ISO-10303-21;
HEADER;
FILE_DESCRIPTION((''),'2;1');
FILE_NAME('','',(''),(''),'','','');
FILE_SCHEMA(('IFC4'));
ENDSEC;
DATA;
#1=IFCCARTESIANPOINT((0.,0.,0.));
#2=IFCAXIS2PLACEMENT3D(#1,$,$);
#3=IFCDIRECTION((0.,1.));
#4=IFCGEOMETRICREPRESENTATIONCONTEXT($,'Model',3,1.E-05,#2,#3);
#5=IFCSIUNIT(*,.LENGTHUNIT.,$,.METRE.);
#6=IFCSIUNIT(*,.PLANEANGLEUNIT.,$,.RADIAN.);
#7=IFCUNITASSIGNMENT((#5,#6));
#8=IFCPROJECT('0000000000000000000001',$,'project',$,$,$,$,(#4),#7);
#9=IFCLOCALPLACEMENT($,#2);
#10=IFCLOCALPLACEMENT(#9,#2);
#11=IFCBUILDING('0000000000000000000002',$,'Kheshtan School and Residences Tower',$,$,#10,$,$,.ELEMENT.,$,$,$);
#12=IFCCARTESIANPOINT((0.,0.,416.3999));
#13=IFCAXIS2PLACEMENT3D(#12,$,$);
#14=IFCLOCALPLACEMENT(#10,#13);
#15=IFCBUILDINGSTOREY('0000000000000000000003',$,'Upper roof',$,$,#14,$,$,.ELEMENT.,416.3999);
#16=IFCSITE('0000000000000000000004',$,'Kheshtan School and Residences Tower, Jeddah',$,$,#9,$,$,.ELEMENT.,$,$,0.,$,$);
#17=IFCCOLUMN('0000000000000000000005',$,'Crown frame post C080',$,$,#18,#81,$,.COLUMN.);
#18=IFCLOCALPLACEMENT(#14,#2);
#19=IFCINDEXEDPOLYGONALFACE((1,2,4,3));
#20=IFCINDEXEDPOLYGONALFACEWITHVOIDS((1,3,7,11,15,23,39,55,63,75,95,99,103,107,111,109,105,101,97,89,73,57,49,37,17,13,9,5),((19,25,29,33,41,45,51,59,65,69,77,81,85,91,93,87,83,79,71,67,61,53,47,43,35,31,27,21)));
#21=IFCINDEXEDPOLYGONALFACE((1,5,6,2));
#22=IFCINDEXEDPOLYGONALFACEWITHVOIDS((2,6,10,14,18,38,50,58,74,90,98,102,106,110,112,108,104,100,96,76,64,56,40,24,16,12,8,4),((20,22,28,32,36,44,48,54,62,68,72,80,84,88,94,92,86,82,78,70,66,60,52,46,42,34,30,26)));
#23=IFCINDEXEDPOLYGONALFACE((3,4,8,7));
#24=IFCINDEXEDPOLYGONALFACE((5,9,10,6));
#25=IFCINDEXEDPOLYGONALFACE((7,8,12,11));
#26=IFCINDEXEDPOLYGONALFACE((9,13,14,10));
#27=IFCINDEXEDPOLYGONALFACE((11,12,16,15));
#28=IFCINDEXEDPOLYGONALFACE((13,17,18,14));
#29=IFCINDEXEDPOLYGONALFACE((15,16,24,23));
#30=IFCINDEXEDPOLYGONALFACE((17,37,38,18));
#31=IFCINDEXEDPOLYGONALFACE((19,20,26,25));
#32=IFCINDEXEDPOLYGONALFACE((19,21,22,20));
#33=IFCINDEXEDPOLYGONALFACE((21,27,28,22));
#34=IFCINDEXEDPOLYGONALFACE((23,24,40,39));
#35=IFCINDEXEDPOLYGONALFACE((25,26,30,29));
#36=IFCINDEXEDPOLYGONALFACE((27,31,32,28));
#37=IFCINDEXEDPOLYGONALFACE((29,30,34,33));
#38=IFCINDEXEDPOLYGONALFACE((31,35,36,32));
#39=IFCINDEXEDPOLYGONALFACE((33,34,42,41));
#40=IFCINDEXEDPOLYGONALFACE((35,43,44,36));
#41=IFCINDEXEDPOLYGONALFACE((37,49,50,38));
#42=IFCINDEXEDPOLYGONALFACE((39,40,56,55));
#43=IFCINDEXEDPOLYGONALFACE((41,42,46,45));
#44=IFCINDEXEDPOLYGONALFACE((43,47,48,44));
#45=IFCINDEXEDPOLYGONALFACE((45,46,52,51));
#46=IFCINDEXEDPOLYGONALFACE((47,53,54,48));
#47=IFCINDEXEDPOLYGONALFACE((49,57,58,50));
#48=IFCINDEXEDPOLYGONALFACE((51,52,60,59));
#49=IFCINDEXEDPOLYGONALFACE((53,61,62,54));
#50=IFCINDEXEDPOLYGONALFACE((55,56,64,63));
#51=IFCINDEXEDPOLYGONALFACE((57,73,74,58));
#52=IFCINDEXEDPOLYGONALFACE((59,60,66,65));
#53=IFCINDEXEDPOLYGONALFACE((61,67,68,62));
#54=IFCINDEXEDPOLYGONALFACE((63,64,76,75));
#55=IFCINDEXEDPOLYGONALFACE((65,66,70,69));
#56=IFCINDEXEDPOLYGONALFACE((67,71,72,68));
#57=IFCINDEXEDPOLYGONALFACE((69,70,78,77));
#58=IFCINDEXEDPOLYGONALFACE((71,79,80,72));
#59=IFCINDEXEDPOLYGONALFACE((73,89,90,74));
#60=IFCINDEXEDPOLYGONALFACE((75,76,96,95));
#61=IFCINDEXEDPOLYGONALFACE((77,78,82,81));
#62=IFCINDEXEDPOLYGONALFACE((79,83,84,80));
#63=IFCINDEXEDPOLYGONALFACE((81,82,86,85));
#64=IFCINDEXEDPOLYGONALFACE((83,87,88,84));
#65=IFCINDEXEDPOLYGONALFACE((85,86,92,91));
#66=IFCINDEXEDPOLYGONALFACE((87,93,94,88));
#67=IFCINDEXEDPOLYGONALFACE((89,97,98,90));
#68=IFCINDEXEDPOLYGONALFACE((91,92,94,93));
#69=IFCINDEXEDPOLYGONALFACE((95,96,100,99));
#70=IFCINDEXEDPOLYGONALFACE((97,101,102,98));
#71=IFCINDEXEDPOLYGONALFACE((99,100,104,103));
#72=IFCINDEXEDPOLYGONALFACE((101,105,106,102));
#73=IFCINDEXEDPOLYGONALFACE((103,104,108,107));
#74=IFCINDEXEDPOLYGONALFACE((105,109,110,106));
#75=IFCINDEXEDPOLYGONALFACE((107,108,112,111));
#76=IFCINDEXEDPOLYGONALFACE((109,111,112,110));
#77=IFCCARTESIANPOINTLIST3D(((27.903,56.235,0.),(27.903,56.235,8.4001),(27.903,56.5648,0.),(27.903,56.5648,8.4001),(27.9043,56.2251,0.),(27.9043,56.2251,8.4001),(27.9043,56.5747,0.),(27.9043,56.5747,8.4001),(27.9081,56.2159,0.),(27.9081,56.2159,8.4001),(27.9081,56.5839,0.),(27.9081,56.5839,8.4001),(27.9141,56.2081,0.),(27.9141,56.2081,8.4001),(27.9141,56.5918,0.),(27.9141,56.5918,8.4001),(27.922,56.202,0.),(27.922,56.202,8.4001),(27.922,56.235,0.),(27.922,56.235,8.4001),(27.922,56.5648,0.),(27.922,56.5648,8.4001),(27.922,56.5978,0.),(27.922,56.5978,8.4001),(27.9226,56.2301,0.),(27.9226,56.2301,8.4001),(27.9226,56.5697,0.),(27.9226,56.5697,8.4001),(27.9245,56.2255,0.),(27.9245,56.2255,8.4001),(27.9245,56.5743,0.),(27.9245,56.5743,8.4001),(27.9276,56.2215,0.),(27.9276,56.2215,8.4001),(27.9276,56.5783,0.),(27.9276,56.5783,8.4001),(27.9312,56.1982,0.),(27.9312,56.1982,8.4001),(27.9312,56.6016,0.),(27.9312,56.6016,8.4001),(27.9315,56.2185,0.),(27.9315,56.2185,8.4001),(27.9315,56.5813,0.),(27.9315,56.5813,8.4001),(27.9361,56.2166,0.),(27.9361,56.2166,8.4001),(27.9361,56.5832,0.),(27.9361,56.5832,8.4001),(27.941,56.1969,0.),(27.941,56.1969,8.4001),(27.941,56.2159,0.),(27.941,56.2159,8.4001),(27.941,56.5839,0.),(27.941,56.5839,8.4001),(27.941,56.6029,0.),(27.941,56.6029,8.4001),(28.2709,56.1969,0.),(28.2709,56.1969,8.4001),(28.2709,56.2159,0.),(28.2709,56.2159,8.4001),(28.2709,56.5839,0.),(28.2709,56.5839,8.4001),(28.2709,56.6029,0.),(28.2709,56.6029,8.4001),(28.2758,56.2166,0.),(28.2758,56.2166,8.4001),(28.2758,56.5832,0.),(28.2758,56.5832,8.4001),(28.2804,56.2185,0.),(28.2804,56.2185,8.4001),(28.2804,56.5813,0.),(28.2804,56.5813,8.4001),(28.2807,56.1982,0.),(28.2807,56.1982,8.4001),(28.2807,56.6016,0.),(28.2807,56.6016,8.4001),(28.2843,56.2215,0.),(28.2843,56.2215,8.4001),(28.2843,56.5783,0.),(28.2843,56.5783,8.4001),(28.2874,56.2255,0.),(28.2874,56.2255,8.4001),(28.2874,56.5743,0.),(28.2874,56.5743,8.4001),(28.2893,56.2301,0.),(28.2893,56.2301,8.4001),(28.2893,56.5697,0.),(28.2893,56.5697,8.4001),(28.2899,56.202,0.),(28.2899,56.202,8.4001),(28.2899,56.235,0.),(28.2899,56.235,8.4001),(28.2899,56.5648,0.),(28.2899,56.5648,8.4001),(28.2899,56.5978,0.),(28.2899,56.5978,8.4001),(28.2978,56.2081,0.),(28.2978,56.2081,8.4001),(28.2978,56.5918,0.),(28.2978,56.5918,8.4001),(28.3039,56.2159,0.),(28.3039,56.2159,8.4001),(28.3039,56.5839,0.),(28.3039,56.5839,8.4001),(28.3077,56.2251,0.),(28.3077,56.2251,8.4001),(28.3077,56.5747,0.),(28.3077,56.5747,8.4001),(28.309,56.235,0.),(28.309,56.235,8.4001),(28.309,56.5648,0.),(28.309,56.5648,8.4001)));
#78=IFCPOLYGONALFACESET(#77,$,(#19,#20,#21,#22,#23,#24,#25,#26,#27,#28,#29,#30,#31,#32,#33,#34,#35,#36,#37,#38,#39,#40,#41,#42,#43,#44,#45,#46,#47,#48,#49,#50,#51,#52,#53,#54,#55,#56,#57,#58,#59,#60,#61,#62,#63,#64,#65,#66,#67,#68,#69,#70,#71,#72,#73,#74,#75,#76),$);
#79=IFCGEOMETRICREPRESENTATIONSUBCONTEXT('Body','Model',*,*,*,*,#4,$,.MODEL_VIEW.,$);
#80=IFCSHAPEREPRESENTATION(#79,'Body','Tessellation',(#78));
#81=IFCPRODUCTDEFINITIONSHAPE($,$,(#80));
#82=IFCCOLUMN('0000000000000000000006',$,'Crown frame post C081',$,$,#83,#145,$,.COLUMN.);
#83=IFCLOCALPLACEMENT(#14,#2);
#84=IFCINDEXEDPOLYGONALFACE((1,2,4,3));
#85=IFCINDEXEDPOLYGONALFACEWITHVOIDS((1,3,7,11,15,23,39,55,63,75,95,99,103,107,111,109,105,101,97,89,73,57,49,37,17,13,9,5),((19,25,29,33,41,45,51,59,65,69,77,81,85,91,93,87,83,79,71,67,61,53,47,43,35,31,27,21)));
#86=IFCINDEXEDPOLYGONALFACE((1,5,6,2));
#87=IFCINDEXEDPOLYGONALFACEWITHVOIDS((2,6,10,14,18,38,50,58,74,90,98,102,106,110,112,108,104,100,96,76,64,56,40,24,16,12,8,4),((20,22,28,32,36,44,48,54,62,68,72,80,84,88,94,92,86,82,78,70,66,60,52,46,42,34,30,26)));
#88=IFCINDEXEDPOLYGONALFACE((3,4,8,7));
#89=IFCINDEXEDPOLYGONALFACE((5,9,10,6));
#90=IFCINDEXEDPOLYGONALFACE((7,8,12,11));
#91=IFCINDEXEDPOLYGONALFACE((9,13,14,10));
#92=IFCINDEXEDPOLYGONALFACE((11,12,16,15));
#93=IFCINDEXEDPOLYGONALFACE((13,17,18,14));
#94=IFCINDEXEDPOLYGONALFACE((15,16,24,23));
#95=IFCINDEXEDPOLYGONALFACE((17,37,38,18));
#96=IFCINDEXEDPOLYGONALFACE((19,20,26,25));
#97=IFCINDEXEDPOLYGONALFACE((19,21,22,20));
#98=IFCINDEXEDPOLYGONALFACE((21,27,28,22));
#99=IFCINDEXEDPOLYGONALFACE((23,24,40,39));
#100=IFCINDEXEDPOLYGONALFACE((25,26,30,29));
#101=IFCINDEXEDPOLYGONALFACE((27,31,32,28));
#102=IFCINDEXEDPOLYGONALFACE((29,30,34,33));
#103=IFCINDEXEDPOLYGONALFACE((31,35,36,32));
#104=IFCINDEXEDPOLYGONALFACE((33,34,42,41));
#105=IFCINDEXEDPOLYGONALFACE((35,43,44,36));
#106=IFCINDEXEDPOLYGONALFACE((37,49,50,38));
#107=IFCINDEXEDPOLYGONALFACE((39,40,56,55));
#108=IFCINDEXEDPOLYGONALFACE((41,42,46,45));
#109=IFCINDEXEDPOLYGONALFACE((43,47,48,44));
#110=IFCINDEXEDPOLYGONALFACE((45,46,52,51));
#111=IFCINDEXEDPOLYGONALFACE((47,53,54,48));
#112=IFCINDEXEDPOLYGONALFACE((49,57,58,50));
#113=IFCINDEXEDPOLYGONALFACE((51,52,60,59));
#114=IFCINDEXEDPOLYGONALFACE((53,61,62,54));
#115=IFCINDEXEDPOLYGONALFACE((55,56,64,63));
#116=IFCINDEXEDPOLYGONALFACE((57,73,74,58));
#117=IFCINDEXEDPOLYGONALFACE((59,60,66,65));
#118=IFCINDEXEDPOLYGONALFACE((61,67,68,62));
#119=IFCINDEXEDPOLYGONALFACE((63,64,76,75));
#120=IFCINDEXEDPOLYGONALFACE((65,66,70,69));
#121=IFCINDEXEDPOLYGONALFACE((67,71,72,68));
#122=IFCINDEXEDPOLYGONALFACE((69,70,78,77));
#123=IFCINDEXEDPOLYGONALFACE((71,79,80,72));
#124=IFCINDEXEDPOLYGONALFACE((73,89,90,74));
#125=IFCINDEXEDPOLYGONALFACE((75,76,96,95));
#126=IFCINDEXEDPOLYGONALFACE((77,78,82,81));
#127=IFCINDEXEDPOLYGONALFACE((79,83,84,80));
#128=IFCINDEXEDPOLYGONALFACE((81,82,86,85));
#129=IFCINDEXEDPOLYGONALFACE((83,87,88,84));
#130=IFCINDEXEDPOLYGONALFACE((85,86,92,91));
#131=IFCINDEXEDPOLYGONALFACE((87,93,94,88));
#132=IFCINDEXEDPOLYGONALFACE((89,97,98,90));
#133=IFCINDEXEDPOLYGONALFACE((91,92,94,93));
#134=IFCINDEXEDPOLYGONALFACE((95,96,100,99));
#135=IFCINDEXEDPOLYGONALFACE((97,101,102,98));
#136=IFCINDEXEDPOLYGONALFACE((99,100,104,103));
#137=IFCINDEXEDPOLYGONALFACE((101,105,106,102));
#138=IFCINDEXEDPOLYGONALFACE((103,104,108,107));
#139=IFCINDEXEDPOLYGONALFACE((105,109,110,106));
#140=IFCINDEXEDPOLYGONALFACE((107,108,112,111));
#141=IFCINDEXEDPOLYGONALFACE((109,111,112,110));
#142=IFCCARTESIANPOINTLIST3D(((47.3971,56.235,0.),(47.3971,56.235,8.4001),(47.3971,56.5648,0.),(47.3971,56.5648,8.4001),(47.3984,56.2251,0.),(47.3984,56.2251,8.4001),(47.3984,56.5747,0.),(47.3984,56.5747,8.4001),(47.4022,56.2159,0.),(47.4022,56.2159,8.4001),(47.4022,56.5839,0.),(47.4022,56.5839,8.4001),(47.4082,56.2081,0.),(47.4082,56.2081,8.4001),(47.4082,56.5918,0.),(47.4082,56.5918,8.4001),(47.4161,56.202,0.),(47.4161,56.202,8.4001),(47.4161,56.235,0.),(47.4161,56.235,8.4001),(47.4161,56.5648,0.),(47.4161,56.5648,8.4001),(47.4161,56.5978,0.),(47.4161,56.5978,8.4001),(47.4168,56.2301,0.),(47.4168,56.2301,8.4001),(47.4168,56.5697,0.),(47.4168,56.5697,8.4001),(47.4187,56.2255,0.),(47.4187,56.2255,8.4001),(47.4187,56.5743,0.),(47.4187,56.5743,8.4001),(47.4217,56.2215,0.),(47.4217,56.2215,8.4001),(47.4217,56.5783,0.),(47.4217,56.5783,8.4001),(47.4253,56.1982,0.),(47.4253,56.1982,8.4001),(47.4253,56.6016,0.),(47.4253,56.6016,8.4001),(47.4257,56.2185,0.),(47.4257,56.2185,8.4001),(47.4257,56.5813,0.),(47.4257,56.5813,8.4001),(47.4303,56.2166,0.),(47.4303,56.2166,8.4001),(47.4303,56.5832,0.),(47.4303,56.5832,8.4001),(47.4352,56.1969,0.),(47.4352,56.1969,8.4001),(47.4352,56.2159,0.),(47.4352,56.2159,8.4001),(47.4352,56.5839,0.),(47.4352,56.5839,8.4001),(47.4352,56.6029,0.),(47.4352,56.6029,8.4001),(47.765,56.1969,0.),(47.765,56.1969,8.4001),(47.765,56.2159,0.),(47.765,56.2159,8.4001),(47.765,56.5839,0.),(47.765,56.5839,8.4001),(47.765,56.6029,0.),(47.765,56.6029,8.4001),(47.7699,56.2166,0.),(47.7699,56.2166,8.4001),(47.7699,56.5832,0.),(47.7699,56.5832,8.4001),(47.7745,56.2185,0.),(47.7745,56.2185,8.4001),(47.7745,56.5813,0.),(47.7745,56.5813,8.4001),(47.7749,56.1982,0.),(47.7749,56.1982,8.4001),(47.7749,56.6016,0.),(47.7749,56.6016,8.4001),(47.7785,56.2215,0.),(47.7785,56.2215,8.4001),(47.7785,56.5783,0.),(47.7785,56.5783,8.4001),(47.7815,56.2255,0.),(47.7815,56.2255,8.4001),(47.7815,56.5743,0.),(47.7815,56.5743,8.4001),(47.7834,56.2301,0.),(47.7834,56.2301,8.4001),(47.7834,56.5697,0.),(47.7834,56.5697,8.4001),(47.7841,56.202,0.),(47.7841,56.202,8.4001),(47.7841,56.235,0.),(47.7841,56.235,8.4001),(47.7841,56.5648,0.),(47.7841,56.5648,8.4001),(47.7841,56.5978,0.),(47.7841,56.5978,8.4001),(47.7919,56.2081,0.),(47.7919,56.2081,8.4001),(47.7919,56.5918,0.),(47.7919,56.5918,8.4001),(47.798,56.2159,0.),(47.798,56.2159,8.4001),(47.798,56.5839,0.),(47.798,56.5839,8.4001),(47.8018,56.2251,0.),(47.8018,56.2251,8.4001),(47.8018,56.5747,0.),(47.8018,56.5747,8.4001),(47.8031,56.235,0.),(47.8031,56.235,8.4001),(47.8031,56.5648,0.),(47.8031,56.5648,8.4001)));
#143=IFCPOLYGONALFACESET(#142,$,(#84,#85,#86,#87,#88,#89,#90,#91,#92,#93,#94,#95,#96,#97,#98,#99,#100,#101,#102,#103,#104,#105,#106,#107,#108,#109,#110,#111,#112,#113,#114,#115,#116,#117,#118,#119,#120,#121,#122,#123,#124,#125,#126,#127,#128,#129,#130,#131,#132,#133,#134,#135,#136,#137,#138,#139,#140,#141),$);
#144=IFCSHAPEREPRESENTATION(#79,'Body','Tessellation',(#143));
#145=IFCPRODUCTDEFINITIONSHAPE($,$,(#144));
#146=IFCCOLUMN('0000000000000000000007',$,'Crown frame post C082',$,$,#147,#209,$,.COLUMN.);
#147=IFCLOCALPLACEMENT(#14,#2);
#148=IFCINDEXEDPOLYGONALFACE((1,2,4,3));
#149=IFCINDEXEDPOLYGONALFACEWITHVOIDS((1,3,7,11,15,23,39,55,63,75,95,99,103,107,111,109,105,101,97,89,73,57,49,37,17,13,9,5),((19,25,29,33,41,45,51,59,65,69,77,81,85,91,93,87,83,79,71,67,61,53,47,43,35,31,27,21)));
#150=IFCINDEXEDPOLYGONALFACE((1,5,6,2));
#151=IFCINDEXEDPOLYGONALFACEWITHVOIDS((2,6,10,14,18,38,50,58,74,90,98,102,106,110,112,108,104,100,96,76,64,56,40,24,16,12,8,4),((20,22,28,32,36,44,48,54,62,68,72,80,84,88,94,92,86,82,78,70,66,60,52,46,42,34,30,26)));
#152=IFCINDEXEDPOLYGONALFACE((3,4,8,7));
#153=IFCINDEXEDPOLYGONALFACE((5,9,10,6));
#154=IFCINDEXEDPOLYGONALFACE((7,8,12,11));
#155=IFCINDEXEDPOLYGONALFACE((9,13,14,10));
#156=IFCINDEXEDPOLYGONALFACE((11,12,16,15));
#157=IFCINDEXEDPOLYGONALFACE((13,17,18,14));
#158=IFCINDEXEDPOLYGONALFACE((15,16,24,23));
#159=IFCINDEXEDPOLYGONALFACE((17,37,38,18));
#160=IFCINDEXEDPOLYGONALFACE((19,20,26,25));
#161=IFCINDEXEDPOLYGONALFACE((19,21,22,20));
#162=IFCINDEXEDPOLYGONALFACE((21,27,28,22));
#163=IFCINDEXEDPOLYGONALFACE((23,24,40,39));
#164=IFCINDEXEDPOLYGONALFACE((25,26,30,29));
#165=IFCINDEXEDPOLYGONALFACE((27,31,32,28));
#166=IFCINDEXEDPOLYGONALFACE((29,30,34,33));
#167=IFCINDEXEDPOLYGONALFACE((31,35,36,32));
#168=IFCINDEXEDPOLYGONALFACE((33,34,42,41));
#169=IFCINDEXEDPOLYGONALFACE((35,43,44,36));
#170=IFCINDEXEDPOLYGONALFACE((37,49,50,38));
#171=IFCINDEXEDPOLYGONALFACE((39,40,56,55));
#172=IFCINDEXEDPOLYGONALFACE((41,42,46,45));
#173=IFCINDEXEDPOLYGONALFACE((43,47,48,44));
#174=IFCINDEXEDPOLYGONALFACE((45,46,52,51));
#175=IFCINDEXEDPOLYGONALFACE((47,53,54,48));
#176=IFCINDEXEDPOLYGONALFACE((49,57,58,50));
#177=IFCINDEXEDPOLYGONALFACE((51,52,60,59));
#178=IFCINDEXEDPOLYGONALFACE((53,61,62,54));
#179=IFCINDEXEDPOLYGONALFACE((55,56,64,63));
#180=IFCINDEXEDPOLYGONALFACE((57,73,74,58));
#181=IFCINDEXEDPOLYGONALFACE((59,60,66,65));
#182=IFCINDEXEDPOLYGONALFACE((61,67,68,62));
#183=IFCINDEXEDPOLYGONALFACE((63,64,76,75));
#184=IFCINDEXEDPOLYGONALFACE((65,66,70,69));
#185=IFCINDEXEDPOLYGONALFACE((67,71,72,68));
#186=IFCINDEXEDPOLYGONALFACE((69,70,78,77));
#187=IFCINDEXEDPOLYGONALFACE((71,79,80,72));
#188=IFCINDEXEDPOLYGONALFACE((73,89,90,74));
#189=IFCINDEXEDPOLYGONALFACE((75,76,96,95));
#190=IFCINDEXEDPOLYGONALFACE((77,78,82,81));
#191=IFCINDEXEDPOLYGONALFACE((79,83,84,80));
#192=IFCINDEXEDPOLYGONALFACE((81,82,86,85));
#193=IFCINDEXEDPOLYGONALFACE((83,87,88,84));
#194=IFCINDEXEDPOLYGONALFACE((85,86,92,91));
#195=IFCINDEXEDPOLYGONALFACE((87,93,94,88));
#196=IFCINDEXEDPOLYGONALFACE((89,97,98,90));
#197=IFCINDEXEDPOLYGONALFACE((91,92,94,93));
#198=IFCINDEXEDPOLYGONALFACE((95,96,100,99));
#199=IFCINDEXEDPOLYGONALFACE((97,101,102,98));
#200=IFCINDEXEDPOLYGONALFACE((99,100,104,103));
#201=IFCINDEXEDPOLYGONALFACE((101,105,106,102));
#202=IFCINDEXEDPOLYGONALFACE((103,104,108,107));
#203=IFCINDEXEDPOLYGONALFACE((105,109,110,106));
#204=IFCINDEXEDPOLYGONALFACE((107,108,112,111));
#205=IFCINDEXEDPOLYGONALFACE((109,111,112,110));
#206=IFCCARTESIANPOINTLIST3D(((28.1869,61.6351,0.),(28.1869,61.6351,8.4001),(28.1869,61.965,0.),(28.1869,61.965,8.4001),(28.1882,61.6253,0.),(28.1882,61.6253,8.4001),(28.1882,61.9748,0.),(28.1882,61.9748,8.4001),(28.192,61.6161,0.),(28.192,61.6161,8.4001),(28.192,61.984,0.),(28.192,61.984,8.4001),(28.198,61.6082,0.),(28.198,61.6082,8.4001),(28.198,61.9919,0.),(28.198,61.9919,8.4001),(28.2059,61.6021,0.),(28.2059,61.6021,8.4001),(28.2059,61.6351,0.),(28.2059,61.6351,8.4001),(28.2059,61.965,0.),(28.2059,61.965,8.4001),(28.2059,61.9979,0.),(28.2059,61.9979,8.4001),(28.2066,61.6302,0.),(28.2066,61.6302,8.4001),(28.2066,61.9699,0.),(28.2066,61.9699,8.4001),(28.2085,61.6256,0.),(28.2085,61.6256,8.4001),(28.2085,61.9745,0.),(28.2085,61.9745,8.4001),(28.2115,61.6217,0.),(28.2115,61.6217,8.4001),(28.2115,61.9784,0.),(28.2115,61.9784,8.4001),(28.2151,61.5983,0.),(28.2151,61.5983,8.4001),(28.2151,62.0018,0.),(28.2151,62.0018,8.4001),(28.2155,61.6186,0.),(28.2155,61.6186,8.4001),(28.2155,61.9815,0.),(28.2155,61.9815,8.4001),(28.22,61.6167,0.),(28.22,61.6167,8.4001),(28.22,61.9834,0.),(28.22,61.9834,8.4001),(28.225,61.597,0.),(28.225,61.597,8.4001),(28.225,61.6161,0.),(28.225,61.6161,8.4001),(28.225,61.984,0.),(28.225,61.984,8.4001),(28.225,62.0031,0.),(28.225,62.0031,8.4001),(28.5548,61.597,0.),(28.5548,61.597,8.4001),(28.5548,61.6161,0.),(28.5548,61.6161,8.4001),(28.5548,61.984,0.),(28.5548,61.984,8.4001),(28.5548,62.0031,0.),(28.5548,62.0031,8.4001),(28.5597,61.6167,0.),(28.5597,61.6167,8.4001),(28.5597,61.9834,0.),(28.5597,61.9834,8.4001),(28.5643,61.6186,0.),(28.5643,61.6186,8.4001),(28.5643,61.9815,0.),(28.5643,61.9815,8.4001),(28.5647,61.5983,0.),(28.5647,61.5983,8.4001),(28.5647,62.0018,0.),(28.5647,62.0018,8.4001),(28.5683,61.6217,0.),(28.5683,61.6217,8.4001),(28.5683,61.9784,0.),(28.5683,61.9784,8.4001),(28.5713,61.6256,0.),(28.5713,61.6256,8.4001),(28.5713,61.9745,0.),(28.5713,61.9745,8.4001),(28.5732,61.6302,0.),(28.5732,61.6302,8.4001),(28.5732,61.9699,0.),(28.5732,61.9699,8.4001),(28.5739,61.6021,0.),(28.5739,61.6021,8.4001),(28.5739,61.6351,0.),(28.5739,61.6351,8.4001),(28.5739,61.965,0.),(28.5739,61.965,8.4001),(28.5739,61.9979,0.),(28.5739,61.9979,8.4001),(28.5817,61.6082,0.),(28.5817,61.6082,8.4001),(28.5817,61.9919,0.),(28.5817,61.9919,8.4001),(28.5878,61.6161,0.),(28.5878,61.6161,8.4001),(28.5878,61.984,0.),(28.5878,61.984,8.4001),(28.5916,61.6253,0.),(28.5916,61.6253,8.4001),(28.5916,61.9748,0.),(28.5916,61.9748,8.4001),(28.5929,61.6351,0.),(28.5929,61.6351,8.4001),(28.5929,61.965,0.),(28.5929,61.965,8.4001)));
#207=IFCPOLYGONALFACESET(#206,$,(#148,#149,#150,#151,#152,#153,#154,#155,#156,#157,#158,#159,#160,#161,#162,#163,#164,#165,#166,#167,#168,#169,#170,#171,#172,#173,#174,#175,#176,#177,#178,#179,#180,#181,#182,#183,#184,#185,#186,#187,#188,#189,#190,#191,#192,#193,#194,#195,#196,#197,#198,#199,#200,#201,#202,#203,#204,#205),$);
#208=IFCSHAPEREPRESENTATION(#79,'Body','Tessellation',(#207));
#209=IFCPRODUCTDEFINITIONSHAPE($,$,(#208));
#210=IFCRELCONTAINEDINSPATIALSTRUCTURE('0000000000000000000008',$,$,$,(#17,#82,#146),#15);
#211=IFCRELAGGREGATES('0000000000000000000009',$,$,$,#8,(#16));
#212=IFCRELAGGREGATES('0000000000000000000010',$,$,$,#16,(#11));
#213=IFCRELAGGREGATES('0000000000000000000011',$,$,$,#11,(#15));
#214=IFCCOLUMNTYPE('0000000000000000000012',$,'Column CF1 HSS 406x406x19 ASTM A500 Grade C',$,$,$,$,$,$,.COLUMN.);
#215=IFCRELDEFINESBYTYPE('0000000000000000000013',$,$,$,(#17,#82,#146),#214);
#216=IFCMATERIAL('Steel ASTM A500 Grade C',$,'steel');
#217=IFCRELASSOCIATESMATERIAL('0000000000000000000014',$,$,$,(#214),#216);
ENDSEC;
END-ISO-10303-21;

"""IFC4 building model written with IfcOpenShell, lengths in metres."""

from ifc_helpers import new_model, si_unit, direction, frame, origin, origin_2d, place, context, subcontext, project, spatial, hollow_rectangle, extrude, material, material_profile, profile_set, type_object, element, save


model = new_model("IFC4")

# Units and contexts
model_context = context("Model", 3, precision=1e-05, world=origin(), true_north=direction((0.0, 1.0)))
body_context = subcontext(model_context, "Body", "Model", "MODEL_VIEW")
ifc_project = project(units=[si_unit("LENGTHUNIT", "METRE"), si_unit("PLANEANGLEUNIT", "RADIAN")], contexts=[model_context])

# Site, building, storey
site_placement = place(None, origin())
site = spatial("IfcSite", under=ifc_project, at=site_placement, Name="Kheshtan School and Residences Tower, Jeddah", CompositionType="ELEMENT", RefElevation=0.0)
building_placement = place(site_placement, origin())
building = spatial("IfcBuilding", under=site, at=building_placement, Name="Kheshtan School and Residences Tower", CompositionType="ELEMENT")
storey_placement = place(building_placement, frame((0.0, 0.0, 416.3999)))
storey = spatial("IfcBuildingStorey", under=building, at=storey_placement, Name="Upper roof", CompositionType="ELEMENT", Elevation=416.3999)

# Columns
ifc_material_1 = material(Name="Steel ASTM A500 Grade C", Category="steel")
ifc_material_profile = material_profile(ifc_material_1, hollow_rectangle(XDim=0.406, YDim=0.406, WallThickness=0.019, InnerFilletRadius=0.019, OuterFilletRadius=0.0381, at=origin_2d()), Name="HSS 406x406x19")
ifc_profile_set = profile_set([ifc_material_profile], Name="Steel ASTM A500 Grade C")
column_type = type_object("IfcColumnType", Name="Column CF1 HSS 406x406x19 ASTM A500 Grade C", PredefinedType="COLUMN", material=ifc_profile_set)
for number, where, z_axis, x_axis, name in (
    (1, (28.106, 56.3999, 0.0), (0.0, 0.0, 1.0), (1.0, 0.0, 0.0), "Crown frame post C080"),
    (2, (47.6001, 56.3999, 0.0), (0.0, 0.0, 1.0), (1.0, 0.0, 0.0), "Crown frame post C081"),
    (3, (28.3899, 61.8, 0.0), (0.0, 0.0, 1.0), (1.0, 0.0, 0.0), "Crown frame post C082"),
):
    element("IfcColumn", number, at=place(storey_placement, frame(where, z_axis=z_axis, x_axis=x_axis)), inside=storey, type_object=column_type, Name=name, PredefinedType="COLUMN", context=body_context, shape_type="SweptSolid", body=[
        extrude(hollow_rectangle(XDim=0.406, YDim=0.406, WallThickness=0.019, InnerFilletRadius=0.019, OuterFilletRadius=0.0381, at=origin_2d()), origin(), (0.0, 0.0, 1.0), 8.4001),
    ])

save(model, "model.ifc")
